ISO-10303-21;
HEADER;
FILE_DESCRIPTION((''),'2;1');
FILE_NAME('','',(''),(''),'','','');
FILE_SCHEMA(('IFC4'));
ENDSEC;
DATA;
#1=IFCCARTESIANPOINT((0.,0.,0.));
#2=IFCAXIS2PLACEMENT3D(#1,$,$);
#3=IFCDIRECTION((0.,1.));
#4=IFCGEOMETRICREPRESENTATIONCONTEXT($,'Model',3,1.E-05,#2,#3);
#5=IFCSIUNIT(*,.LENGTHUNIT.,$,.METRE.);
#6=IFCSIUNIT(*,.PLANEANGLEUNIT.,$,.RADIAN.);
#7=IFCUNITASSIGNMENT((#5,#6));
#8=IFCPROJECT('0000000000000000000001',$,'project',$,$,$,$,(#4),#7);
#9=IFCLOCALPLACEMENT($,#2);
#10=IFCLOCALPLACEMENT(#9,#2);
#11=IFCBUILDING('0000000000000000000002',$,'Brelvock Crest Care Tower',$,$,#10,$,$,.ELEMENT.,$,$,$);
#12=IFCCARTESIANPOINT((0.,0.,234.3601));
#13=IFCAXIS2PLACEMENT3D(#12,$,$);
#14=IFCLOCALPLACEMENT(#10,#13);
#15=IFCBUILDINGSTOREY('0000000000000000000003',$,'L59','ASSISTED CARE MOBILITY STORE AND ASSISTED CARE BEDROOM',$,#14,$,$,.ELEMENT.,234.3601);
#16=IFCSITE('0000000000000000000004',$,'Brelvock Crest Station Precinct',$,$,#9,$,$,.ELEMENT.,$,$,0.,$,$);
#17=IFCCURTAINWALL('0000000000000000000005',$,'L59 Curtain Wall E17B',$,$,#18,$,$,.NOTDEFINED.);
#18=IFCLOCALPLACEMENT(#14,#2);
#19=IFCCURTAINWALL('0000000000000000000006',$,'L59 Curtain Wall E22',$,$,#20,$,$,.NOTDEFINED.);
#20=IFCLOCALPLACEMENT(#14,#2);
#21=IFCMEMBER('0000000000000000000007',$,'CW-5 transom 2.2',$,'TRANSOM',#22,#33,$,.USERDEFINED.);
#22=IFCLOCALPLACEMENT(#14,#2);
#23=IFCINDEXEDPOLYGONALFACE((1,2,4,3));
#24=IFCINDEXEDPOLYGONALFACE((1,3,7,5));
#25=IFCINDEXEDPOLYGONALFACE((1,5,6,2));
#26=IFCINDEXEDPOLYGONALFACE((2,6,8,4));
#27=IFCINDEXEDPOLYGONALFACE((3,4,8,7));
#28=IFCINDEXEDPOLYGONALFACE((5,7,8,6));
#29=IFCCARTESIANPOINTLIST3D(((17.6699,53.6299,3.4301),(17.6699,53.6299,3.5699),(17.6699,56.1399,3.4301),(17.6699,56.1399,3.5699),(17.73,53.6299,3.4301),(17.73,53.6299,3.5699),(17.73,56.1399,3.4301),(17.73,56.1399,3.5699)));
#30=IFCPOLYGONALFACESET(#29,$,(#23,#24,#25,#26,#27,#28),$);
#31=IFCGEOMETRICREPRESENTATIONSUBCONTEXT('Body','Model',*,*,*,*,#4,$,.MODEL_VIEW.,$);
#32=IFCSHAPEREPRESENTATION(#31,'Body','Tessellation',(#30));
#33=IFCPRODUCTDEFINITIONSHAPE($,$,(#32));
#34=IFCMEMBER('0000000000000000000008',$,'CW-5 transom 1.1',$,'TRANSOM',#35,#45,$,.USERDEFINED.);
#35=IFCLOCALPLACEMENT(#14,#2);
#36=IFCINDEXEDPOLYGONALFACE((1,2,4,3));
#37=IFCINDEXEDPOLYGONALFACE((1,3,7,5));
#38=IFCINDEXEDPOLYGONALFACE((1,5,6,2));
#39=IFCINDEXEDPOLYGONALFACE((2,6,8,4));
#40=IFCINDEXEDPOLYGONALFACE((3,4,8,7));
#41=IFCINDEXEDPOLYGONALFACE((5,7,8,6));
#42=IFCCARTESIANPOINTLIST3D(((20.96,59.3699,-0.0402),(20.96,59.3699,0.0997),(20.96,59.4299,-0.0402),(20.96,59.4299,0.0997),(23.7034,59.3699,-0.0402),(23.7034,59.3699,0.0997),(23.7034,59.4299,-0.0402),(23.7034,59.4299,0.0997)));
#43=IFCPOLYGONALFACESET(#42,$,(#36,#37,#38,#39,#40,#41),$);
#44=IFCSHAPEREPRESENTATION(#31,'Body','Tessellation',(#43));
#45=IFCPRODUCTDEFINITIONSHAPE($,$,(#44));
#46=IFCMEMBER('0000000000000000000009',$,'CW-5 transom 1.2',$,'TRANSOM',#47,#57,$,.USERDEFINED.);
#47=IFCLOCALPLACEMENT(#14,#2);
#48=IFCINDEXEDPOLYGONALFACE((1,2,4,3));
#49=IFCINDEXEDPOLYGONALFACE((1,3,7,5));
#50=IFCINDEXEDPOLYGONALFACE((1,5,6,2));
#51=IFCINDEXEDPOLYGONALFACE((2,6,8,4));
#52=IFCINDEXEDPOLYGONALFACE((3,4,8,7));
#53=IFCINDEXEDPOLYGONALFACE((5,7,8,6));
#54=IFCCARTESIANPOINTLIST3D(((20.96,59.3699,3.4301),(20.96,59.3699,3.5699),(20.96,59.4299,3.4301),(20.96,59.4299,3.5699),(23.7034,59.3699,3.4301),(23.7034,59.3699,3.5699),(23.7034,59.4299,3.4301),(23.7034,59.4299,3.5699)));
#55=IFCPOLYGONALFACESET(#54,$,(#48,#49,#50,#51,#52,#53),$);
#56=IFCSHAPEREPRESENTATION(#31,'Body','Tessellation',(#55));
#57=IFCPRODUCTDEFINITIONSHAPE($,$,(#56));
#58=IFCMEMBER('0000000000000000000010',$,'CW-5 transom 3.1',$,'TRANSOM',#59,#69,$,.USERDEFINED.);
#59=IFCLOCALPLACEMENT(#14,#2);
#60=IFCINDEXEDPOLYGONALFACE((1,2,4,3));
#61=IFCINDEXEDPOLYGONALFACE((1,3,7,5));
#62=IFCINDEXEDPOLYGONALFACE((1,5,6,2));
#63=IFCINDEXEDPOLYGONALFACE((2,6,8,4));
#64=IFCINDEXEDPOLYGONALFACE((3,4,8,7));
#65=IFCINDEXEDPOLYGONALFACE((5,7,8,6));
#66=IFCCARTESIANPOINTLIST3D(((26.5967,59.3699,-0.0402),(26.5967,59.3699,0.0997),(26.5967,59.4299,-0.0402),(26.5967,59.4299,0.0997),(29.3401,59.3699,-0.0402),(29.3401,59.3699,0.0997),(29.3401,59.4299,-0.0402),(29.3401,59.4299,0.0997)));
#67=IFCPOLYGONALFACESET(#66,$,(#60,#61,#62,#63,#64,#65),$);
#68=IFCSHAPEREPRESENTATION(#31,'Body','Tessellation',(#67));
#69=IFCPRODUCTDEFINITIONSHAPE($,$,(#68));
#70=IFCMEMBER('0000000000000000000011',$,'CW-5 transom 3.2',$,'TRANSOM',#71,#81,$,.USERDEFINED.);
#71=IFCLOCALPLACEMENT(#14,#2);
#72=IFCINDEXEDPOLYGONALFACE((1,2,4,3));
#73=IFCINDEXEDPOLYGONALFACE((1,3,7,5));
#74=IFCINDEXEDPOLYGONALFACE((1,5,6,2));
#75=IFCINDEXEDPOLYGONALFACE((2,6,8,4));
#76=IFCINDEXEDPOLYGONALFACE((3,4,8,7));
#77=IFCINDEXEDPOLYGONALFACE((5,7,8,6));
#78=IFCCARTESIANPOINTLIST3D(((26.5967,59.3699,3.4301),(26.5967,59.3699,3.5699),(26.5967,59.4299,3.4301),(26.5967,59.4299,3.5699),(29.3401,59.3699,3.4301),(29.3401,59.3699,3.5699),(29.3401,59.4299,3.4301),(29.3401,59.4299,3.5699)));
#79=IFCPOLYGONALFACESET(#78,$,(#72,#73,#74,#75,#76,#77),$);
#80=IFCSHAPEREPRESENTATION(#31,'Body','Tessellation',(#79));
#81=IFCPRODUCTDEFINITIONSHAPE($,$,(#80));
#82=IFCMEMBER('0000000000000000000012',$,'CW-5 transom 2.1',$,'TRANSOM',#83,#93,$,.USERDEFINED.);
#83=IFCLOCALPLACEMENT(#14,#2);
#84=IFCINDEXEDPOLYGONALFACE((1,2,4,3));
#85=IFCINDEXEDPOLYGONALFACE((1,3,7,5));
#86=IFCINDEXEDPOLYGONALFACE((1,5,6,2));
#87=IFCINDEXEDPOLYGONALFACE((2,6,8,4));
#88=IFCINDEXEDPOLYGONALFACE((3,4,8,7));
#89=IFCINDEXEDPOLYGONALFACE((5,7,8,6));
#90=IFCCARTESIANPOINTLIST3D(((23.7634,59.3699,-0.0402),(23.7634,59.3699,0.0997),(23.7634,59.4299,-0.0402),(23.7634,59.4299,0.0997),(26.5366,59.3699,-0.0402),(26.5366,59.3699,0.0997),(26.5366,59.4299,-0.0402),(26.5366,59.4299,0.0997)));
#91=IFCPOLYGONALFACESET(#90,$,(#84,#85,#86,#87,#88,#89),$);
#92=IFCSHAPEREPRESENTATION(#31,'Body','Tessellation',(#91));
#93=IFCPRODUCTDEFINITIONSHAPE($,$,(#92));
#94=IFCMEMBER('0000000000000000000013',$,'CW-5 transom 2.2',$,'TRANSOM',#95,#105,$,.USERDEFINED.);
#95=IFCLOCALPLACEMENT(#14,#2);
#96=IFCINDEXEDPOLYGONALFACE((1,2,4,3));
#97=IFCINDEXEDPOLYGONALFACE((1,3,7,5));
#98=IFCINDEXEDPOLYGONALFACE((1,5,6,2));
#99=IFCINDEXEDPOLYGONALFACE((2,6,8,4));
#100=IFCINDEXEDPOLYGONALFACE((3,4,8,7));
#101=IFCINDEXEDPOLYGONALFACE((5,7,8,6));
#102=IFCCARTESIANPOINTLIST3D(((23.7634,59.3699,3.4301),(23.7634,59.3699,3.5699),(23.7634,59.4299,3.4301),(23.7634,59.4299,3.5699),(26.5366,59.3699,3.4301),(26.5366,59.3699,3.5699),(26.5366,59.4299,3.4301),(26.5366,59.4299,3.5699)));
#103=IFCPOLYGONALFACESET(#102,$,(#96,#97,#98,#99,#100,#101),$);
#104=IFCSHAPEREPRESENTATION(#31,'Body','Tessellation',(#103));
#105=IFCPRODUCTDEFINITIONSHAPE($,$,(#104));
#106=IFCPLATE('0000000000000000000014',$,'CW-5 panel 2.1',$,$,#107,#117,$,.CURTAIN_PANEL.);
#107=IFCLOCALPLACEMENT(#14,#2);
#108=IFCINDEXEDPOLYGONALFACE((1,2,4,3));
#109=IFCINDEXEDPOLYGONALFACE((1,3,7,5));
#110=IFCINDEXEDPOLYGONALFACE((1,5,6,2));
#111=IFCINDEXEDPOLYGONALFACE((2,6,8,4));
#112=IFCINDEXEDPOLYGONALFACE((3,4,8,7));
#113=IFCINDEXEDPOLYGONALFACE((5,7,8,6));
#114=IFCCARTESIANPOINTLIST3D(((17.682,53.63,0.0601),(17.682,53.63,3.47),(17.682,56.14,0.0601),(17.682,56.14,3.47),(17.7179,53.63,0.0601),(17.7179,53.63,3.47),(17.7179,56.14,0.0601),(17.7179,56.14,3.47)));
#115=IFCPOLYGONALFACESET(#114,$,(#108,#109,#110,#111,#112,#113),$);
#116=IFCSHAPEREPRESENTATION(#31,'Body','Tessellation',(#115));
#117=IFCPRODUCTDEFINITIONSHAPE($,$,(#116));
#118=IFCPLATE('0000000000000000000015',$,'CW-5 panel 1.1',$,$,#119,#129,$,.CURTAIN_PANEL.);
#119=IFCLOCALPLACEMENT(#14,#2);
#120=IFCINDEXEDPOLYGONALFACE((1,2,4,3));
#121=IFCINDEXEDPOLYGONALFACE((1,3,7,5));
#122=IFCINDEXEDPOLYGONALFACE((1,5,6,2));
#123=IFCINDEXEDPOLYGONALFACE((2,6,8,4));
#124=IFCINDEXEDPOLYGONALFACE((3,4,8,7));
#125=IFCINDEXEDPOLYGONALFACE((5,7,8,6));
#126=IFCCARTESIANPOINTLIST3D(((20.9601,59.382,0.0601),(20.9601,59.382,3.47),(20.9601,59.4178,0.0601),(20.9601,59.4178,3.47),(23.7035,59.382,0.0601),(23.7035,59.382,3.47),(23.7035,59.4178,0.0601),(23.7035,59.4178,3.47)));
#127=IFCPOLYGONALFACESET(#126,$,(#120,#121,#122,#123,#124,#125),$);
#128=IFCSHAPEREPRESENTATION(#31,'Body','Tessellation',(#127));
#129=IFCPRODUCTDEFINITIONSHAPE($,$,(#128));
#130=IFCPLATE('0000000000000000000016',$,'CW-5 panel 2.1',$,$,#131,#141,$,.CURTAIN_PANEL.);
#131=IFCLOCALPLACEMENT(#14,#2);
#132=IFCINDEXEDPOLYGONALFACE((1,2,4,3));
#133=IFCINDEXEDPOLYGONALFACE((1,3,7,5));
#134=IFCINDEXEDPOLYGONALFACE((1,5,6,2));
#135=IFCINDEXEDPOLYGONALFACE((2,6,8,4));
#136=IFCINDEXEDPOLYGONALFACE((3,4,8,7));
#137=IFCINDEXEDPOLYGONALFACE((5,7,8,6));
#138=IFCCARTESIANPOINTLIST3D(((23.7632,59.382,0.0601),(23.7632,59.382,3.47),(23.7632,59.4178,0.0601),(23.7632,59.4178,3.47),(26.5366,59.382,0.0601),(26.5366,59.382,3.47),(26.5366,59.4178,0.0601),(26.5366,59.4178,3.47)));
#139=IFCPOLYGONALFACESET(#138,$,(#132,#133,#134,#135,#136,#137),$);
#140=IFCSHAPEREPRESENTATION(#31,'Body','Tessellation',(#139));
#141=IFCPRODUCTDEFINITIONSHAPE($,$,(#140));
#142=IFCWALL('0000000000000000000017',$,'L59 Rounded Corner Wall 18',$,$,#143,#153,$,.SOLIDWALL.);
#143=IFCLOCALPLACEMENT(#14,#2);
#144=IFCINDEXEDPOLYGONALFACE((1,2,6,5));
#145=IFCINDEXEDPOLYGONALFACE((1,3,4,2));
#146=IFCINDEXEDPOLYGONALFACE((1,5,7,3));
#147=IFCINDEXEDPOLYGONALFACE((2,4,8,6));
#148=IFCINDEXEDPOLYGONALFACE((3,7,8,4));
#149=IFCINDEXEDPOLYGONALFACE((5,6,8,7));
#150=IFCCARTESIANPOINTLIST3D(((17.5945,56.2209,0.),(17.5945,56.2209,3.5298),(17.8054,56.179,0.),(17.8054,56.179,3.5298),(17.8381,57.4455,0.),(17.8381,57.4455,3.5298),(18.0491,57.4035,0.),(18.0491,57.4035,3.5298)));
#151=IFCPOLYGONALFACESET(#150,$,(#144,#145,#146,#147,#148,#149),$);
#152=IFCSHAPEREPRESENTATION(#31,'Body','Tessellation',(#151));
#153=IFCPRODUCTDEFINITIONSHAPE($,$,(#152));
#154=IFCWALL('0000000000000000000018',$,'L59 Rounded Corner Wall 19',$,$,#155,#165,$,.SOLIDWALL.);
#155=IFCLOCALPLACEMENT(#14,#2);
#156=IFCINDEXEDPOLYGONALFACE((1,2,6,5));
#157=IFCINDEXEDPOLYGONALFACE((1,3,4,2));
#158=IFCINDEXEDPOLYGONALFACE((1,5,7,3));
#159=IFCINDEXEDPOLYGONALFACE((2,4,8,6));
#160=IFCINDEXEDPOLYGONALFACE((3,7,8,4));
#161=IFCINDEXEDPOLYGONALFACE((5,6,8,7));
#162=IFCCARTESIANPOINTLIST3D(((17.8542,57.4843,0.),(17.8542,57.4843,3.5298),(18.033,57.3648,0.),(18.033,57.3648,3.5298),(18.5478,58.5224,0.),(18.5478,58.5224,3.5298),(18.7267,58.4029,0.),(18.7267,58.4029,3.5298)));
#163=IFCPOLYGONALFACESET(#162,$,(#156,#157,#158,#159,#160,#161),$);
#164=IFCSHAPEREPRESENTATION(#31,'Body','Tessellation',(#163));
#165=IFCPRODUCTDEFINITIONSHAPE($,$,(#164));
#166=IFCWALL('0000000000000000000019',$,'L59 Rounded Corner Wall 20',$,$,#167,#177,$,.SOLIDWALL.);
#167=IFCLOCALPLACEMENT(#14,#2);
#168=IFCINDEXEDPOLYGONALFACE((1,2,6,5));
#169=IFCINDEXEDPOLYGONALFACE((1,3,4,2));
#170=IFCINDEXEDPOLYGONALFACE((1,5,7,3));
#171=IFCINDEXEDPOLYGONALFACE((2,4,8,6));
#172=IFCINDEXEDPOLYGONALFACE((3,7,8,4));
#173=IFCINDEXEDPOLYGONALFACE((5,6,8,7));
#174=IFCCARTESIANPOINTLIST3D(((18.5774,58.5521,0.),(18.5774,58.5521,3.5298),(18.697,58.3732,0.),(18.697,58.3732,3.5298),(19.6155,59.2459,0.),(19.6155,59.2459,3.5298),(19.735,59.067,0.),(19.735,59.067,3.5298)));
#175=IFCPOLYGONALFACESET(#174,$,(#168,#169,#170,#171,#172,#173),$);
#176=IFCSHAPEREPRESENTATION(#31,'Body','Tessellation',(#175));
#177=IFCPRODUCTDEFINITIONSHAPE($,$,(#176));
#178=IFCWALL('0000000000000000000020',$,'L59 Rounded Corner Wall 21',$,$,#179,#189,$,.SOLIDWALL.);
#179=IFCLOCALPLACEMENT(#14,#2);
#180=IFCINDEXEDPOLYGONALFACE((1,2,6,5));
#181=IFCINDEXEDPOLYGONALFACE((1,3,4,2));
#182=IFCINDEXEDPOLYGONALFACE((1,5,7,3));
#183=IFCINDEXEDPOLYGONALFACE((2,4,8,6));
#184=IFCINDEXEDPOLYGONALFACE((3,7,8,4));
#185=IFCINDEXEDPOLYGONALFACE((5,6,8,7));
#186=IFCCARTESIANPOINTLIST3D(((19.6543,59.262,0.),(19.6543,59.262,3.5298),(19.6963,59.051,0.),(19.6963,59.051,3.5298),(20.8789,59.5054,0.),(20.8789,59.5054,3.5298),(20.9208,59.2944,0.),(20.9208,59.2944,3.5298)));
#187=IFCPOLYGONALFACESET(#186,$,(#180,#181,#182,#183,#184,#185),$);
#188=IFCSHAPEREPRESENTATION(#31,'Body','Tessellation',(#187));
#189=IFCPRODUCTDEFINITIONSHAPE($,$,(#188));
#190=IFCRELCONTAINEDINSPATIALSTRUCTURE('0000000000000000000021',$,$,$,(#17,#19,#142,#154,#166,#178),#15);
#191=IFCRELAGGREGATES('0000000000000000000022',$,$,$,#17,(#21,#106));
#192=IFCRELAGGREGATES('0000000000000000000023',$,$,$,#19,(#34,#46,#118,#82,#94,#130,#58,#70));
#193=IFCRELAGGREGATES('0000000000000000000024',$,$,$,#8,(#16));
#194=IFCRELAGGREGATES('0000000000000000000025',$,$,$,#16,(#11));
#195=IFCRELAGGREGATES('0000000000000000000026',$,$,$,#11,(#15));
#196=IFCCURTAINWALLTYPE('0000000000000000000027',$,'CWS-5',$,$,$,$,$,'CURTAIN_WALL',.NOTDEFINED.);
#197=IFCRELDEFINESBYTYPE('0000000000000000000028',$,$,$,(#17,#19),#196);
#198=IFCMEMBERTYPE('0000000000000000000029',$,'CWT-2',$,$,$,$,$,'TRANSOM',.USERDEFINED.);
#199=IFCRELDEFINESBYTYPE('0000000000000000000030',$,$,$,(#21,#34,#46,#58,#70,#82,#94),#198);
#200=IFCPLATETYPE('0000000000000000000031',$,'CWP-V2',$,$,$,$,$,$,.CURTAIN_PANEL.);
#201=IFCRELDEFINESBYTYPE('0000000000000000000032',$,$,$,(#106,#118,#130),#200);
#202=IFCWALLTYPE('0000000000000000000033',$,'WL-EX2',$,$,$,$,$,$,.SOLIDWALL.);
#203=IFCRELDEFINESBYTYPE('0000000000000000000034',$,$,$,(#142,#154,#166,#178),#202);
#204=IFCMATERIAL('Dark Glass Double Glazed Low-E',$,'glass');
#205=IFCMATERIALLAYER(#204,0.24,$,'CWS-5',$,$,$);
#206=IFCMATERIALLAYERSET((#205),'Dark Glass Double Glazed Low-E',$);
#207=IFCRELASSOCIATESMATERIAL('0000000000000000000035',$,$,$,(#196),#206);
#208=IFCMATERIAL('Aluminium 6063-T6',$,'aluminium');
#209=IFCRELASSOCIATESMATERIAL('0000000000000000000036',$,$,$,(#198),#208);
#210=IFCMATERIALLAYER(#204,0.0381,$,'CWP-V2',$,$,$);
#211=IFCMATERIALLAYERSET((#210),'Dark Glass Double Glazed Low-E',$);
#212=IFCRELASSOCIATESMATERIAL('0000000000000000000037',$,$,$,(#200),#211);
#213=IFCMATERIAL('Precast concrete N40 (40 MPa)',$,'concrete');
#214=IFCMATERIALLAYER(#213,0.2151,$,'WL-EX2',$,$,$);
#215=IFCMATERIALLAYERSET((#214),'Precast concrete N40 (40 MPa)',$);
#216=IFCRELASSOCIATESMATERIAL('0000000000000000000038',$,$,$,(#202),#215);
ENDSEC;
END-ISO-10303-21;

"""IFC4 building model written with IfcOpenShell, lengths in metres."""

from ifc_helpers import new_model, si_unit, direction, frame, frame_2d, origin, origin_2d, place, context, subcontext, project, spatial, rectangle, extrude, source, transform, mapped, material, layer, layer_set, material_profile, profile_set, type_object, element, aggregate, save


model = new_model("IFC4")

# Units and contexts
model_context = context("Model", 3, precision=1e-05, world=origin(), true_north=direction((0.0, 1.0)))
body_context = subcontext(model_context, "Body", "Model", "MODEL_VIEW")
ifc_project = project(units=[si_unit("LENGTHUNIT", "METRE"), si_unit("PLANEANGLEUNIT", "RADIAN")], contexts=[model_context])

# Site, building, storey
site_placement = place(None, origin())
site = spatial("IfcSite", under=ifc_project, at=site_placement, Name="Brelvock Crest Station Precinct", CompositionType="ELEMENT", RefElevation=0.0)
building_placement = place(site_placement, origin())
building = spatial("IfcBuilding", under=site, at=building_placement, Name="Brelvock Crest Care Tower", CompositionType="ELEMENT")
storey_placement = place(building_placement, frame((0.0, 0.0, 234.3601)))
storey = spatial("IfcBuildingStorey", under=building, at=storey_placement, Name="L59", Description="ASSISTED CARE MOBILITY STORE AND ASSISTED CARE BEDROOM", CompositionType="ELEMENT", Elevation=234.3601)

# Curtain walls
ifc_material_1 = material(Name="Dark Glass Double Glazed Low-E", Category="glass")
ifc_layer_1 = layer(ifc_material_1, 0.24, Name="CWS-5")
ifc_layer_set_1 = layer_set([ifc_layer_1], Name="Dark Glass Double Glazed Low-E")
curtain_wall_type = type_object("IfcCurtainWallType", Name="CWS-5", ElementType="CURTAIN_WALL", PredefinedType="NOTDEFINED", material=ifc_layer_set_1)
curtain_wall_1_placement = place(storey_placement, origin())
curtain_wall_1 = element("IfcCurtainWall", 1, at=curtain_wall_1_placement, inside=storey, type_object=curtain_wall_type, Name="L59 Curtain Wall E17B", PredefinedType="NOTDEFINED")
ifc_material_2 = material(Name="Aluminium 6063-T6", Category="aluminium")
curtain_wall_2_placement = place(storey_placement, origin())
curtain_wall_2 = element("IfcCurtainWall", 2, at=curtain_wall_2_placement, inside=storey, type_object=curtain_wall_type, Name="L59 Curtain Wall E22", PredefinedType="NOTDEFINED")

# Members
ifc_material_profile_1 = material_profile(ifc_material_2, rectangle(XDim=0.0601, YDim=0.1399, at=origin_2d()), Name="ALU60x140")
ifc_profile_set_1 = profile_set([ifc_material_profile_1], Name="Aluminium 6063-T6")
member_type_1 = type_object("IfcMemberType", Name="CWT-2", ElementType="TRANSOM", PredefinedType="USERDEFINED", material=ifc_profile_set_1)
shared_shape_1 = source(origin(), body_context, "Body", "SweptSolid", [
    extrude(rectangle(XDim=0.0601, YDim=0.1399, at=origin_2d()), origin(), (0.0, 0.0, 1.0), 2.51),
])
member_1_placement = place(storey_placement, frame((17.7, 53.6299, 3.5), z_axis=(0.0, 1.0, 0.0), x_axis=(-1.0, 0.0, 0.0)))
member_1 = element("IfcMember", 3, at=member_1_placement, type_object=member_type_1, Name="CW-5 transom 2.2", ObjectType="TRANSOM", PredefinedType="USERDEFINED", context=body_context, shape_type="MappedRepresentation", body=[
    mapped(shared_shape_1, transform((0.0, 0.0, 0.0), x_axis=(1.0, 0.0, 0.0), y_axis=(0.0, 1.0, 0.0), z_axis=(0.0, 0.0, 1.0), scale=1.0)),
])
shared_shape_2 = source(origin(), body_context, "Body", "SweptSolid", [
    extrude(rectangle(XDim=0.0601, YDim=0.1399, at=origin_2d()), origin(), (0.0, 0.0, 1.0), 2.7434),
])
member_2_placement = place(storey_placement, frame((20.96, 59.3999, 0.0298), z_axis=(1.0, 0.0, 0.0), x_axis=(0.0, 1.0, 0.0)))
member_2 = element("IfcMember", 4, at=member_2_placement, type_object=member_type_1, Name="CW-5 transom 1.1", ObjectType="TRANSOM", PredefinedType="USERDEFINED", context=body_context, shape_type="MappedRepresentation", body=[
    mapped(shared_shape_2, transform((0.0, 0.0, 0.0), x_axis=(1.0, 0.0, 0.0), y_axis=(0.0, 1.0, 0.0), z_axis=(0.0, 0.0, 1.0), scale=1.0)),
])
member_3_placement = place(storey_placement, frame((20.96, 59.3999, 3.5), z_axis=(1.0, 0.0, 0.0), x_axis=(0.0, 1.0, 0.0)))
member_3 = element("IfcMember", 5, at=member_3_placement, type_object=member_type_1, Name="CW-5 transom 1.2", ObjectType="TRANSOM", PredefinedType="USERDEFINED", context=body_context, shape_type="MappedRepresentation", body=[
    mapped(shared_shape_2, transform((0.0, 0.0, 0.0), x_axis=(1.0, 0.0, 0.0), y_axis=(0.0, 1.0, 0.0), z_axis=(0.0, 0.0, 1.0), scale=1.0)),
])
member_4_placement = place(storey_placement, frame((26.5967, 59.3999, 0.0298), z_axis=(1.0, 0.0, 0.0), x_axis=(0.0, 1.0, 0.0)))
member_4 = element("IfcMember", 6, at=member_4_placement, type_object=member_type_1, Name="CW-5 transom 3.1", ObjectType="TRANSOM", PredefinedType="USERDEFINED", context=body_context, shape_type="MappedRepresentation", body=[
    mapped(shared_shape_2, transform((0.0, 0.0, 0.0), x_axis=(1.0, 0.0, 0.0), y_axis=(0.0, 1.0, 0.0), z_axis=(0.0, 0.0, 1.0), scale=1.0)),
])
member_5_placement = place(storey_placement, frame((26.5967, 59.3999, 3.5), z_axis=(1.0, 0.0, 0.0), x_axis=(0.0, 1.0, 0.0)))
member_5 = element("IfcMember", 7, at=member_5_placement, type_object=member_type_1, Name="CW-5 transom 3.2", ObjectType="TRANSOM", PredefinedType="USERDEFINED", context=body_context, shape_type="MappedRepresentation", body=[
    mapped(shared_shape_2, transform((0.0, 0.0, 0.0), x_axis=(1.0, 0.0, 0.0), y_axis=(0.0, 1.0, 0.0), z_axis=(0.0, 0.0, 1.0), scale=1.0)),
])
shared_shape_3 = source(origin(), body_context, "Body", "SweptSolid", [
    extrude(rectangle(XDim=0.0601, YDim=0.1399, at=origin_2d()), origin(), (0.0, 0.0, 1.0), 2.7732),
])
member_6_placement = place(storey_placement, frame((23.7634, 59.3999, 0.0298), z_axis=(1.0, 0.0, 0.0), x_axis=(0.0, 1.0, 0.0)))
member_6 = element("IfcMember", 8, at=member_6_placement, type_object=member_type_1, Name="CW-5 transom 2.1", ObjectType="TRANSOM", PredefinedType="USERDEFINED", context=body_context, shape_type="MappedRepresentation", body=[
    mapped(shared_shape_3, transform((0.0, 0.0, 0.0), x_axis=(1.0, 0.0, 0.0), y_axis=(0.0, 1.0, 0.0), z_axis=(0.0, 0.0, 1.0), scale=1.0)),
])
member_7_placement = place(storey_placement, frame((23.7634, 59.3999, 3.5), z_axis=(1.0, 0.0, 0.0), x_axis=(0.0, 1.0, 0.0)))
member_7 = element("IfcMember", 9, at=member_7_placement, type_object=member_type_1, Name="CW-5 transom 2.2", ObjectType="TRANSOM", PredefinedType="USERDEFINED", context=body_context, shape_type="MappedRepresentation", body=[
    mapped(shared_shape_3, transform((0.0, 0.0, 0.0), x_axis=(1.0, 0.0, 0.0), y_axis=(0.0, 1.0, 0.0), z_axis=(0.0, 0.0, 1.0), scale=1.0)),
])

# Plates
ifc_layer_2 = layer(ifc_material_1, 0.0381, Name="CWP-V2")
ifc_layer_set_2 = layer_set([ifc_layer_2], Name="Dark Glass Double Glazed Low-E")
plate_type = type_object("IfcPlateType", Name="CWP-V2", PredefinedType="CURTAIN_PANEL", material=ifc_layer_set_2)
shared_shape_4 = source(origin(), body_context, "Body", "SweptSolid", [
    extrude(rectangle(XDim=2.51, YDim=0.0359, at=origin_2d()), origin(), (0.0, 0.0, 1.0), 3.4099),
])
plate_1_placement = place(storey_placement, frame((17.7, 54.885, 0.0601), z_axis=(0.0, 0.0, 1.0), x_axis=(0.0, 1.0, 0.0)))
plate_1 = element("IfcPlate", 10, at=plate_1_placement, type_object=plate_type, Name="CW-5 panel 2.1", PredefinedType="CURTAIN_PANEL", context=body_context, shape_type="MappedRepresentation", body=[
    mapped(shared_shape_4, transform((0.0, 0.0, 0.0), x_axis=(1.0, 0.0, 0.0), y_axis=(0.0, 1.0, 0.0), z_axis=(0.0, 0.0, 1.0), scale=1.0)),
])
aggregate(curtain_wall_1, [member_1, plate_1])
shared_shape_5 = source(origin(), body_context, "Body", "SweptSolid", [
    extrude(rectangle(XDim=2.7434, YDim=0.0359, at=origin_2d()), origin(), (0.0, 0.0, 1.0), 3.4099),
])
plate_2_placement = place(storey_placement, frame((22.3318, 59.3999, 0.0601), z_axis=(0.0, 0.0, 1.0), x_axis=(1.0, 0.0, 0.0)))
plate_2 = element("IfcPlate", 11, at=plate_2_placement, type_object=plate_type, Name="CW-5 panel 1.1", PredefinedType="CURTAIN_PANEL", context=body_context, shape_type="MappedRepresentation", body=[
    mapped(shared_shape_5, transform((0.0, 0.0, 0.0), x_axis=(1.0, 0.0, 0.0), y_axis=(0.0, 1.0, 0.0), z_axis=(0.0, 0.0, 1.0), scale=1.0)),
])
shared_shape_6 = source(origin(), body_context, "Body", "SweptSolid", [
    extrude(rectangle(XDim=2.7734, YDim=0.0359, at=origin_2d()), origin(), (0.0, 0.0, 1.0), 3.4099),
])
plate_3_placement = place(storey_placement, frame((25.1499, 59.3999, 0.0601), z_axis=(0.0, 0.0, 1.0), x_axis=(1.0, 0.0, 0.0)))
plate_3 = element("IfcPlate", 12, at=plate_3_placement, type_object=plate_type, Name="CW-5 panel 2.1", PredefinedType="CURTAIN_PANEL", context=body_context, shape_type="MappedRepresentation", body=[
    mapped(shared_shape_6, transform((0.0, 0.0, 0.0), x_axis=(1.0, 0.0, 0.0), y_axis=(0.0, 1.0, 0.0), z_axis=(0.0, 0.0, 1.0), scale=1.0)),
])
aggregate(curtain_wall_2, [member_2, member_3, plate_2, member_6, member_7, plate_3, member_4, member_5])

# Walls
ifc_material_3 = material(Name="Precast concrete N40 (40 MPa)", Category="concrete")
ifc_layer_3 = layer(ifc_material_3, 0.2151, Name="WL-EX2")
ifc_layer_set_3 = layer_set([ifc_layer_3], Name="Precast concrete N40 (40 MPa)")
wall_type_1 = type_object("IfcWallType", Name="WL-EX2", PredefinedType="SOLIDWALL", material=ifc_layer_set_3)
for number, where, z_axis, x_axis, name in (
    (13, (17.7, 56.2, 0.0), (0.0, 0.0, 1.0), (0.195138, 0.980776, 0.0), "L59 Rounded Corner Wall 18"),
    (14, (17.9436, 57.4246, 0.0), (0.0, 0.0, 1.0), (0.555557, 0.831478, 0.0), "L59 Rounded Corner Wall 19"),
    (15, (18.6372, 58.4626, 0.0), (0.0, 0.0, 1.0), (0.831388, 0.555692, 0.0), "L59 Rounded Corner Wall 20"),
    (16, (19.6753, 59.1565, 0.0), (0.0, 0.0, 1.0), (0.980813, 0.19495, 0.0), "L59 Rounded Corner Wall 21"),
):
    element("IfcWall", number, at=place(storey_placement, frame(where, z_axis=z_axis, x_axis=x_axis)), inside=storey, type_object=wall_type_1, Name=name, PredefinedType="SOLIDWALL", context=body_context, shape_type="SweptSolid", body=[
        extrude(rectangle(XDim=1.2485, YDim=0.2151, at=frame_2d((0.6243, 0.0))), origin(), (0.0, 0.0, 1.0), 3.5298),
    ])

save(model, "model.ifc")
